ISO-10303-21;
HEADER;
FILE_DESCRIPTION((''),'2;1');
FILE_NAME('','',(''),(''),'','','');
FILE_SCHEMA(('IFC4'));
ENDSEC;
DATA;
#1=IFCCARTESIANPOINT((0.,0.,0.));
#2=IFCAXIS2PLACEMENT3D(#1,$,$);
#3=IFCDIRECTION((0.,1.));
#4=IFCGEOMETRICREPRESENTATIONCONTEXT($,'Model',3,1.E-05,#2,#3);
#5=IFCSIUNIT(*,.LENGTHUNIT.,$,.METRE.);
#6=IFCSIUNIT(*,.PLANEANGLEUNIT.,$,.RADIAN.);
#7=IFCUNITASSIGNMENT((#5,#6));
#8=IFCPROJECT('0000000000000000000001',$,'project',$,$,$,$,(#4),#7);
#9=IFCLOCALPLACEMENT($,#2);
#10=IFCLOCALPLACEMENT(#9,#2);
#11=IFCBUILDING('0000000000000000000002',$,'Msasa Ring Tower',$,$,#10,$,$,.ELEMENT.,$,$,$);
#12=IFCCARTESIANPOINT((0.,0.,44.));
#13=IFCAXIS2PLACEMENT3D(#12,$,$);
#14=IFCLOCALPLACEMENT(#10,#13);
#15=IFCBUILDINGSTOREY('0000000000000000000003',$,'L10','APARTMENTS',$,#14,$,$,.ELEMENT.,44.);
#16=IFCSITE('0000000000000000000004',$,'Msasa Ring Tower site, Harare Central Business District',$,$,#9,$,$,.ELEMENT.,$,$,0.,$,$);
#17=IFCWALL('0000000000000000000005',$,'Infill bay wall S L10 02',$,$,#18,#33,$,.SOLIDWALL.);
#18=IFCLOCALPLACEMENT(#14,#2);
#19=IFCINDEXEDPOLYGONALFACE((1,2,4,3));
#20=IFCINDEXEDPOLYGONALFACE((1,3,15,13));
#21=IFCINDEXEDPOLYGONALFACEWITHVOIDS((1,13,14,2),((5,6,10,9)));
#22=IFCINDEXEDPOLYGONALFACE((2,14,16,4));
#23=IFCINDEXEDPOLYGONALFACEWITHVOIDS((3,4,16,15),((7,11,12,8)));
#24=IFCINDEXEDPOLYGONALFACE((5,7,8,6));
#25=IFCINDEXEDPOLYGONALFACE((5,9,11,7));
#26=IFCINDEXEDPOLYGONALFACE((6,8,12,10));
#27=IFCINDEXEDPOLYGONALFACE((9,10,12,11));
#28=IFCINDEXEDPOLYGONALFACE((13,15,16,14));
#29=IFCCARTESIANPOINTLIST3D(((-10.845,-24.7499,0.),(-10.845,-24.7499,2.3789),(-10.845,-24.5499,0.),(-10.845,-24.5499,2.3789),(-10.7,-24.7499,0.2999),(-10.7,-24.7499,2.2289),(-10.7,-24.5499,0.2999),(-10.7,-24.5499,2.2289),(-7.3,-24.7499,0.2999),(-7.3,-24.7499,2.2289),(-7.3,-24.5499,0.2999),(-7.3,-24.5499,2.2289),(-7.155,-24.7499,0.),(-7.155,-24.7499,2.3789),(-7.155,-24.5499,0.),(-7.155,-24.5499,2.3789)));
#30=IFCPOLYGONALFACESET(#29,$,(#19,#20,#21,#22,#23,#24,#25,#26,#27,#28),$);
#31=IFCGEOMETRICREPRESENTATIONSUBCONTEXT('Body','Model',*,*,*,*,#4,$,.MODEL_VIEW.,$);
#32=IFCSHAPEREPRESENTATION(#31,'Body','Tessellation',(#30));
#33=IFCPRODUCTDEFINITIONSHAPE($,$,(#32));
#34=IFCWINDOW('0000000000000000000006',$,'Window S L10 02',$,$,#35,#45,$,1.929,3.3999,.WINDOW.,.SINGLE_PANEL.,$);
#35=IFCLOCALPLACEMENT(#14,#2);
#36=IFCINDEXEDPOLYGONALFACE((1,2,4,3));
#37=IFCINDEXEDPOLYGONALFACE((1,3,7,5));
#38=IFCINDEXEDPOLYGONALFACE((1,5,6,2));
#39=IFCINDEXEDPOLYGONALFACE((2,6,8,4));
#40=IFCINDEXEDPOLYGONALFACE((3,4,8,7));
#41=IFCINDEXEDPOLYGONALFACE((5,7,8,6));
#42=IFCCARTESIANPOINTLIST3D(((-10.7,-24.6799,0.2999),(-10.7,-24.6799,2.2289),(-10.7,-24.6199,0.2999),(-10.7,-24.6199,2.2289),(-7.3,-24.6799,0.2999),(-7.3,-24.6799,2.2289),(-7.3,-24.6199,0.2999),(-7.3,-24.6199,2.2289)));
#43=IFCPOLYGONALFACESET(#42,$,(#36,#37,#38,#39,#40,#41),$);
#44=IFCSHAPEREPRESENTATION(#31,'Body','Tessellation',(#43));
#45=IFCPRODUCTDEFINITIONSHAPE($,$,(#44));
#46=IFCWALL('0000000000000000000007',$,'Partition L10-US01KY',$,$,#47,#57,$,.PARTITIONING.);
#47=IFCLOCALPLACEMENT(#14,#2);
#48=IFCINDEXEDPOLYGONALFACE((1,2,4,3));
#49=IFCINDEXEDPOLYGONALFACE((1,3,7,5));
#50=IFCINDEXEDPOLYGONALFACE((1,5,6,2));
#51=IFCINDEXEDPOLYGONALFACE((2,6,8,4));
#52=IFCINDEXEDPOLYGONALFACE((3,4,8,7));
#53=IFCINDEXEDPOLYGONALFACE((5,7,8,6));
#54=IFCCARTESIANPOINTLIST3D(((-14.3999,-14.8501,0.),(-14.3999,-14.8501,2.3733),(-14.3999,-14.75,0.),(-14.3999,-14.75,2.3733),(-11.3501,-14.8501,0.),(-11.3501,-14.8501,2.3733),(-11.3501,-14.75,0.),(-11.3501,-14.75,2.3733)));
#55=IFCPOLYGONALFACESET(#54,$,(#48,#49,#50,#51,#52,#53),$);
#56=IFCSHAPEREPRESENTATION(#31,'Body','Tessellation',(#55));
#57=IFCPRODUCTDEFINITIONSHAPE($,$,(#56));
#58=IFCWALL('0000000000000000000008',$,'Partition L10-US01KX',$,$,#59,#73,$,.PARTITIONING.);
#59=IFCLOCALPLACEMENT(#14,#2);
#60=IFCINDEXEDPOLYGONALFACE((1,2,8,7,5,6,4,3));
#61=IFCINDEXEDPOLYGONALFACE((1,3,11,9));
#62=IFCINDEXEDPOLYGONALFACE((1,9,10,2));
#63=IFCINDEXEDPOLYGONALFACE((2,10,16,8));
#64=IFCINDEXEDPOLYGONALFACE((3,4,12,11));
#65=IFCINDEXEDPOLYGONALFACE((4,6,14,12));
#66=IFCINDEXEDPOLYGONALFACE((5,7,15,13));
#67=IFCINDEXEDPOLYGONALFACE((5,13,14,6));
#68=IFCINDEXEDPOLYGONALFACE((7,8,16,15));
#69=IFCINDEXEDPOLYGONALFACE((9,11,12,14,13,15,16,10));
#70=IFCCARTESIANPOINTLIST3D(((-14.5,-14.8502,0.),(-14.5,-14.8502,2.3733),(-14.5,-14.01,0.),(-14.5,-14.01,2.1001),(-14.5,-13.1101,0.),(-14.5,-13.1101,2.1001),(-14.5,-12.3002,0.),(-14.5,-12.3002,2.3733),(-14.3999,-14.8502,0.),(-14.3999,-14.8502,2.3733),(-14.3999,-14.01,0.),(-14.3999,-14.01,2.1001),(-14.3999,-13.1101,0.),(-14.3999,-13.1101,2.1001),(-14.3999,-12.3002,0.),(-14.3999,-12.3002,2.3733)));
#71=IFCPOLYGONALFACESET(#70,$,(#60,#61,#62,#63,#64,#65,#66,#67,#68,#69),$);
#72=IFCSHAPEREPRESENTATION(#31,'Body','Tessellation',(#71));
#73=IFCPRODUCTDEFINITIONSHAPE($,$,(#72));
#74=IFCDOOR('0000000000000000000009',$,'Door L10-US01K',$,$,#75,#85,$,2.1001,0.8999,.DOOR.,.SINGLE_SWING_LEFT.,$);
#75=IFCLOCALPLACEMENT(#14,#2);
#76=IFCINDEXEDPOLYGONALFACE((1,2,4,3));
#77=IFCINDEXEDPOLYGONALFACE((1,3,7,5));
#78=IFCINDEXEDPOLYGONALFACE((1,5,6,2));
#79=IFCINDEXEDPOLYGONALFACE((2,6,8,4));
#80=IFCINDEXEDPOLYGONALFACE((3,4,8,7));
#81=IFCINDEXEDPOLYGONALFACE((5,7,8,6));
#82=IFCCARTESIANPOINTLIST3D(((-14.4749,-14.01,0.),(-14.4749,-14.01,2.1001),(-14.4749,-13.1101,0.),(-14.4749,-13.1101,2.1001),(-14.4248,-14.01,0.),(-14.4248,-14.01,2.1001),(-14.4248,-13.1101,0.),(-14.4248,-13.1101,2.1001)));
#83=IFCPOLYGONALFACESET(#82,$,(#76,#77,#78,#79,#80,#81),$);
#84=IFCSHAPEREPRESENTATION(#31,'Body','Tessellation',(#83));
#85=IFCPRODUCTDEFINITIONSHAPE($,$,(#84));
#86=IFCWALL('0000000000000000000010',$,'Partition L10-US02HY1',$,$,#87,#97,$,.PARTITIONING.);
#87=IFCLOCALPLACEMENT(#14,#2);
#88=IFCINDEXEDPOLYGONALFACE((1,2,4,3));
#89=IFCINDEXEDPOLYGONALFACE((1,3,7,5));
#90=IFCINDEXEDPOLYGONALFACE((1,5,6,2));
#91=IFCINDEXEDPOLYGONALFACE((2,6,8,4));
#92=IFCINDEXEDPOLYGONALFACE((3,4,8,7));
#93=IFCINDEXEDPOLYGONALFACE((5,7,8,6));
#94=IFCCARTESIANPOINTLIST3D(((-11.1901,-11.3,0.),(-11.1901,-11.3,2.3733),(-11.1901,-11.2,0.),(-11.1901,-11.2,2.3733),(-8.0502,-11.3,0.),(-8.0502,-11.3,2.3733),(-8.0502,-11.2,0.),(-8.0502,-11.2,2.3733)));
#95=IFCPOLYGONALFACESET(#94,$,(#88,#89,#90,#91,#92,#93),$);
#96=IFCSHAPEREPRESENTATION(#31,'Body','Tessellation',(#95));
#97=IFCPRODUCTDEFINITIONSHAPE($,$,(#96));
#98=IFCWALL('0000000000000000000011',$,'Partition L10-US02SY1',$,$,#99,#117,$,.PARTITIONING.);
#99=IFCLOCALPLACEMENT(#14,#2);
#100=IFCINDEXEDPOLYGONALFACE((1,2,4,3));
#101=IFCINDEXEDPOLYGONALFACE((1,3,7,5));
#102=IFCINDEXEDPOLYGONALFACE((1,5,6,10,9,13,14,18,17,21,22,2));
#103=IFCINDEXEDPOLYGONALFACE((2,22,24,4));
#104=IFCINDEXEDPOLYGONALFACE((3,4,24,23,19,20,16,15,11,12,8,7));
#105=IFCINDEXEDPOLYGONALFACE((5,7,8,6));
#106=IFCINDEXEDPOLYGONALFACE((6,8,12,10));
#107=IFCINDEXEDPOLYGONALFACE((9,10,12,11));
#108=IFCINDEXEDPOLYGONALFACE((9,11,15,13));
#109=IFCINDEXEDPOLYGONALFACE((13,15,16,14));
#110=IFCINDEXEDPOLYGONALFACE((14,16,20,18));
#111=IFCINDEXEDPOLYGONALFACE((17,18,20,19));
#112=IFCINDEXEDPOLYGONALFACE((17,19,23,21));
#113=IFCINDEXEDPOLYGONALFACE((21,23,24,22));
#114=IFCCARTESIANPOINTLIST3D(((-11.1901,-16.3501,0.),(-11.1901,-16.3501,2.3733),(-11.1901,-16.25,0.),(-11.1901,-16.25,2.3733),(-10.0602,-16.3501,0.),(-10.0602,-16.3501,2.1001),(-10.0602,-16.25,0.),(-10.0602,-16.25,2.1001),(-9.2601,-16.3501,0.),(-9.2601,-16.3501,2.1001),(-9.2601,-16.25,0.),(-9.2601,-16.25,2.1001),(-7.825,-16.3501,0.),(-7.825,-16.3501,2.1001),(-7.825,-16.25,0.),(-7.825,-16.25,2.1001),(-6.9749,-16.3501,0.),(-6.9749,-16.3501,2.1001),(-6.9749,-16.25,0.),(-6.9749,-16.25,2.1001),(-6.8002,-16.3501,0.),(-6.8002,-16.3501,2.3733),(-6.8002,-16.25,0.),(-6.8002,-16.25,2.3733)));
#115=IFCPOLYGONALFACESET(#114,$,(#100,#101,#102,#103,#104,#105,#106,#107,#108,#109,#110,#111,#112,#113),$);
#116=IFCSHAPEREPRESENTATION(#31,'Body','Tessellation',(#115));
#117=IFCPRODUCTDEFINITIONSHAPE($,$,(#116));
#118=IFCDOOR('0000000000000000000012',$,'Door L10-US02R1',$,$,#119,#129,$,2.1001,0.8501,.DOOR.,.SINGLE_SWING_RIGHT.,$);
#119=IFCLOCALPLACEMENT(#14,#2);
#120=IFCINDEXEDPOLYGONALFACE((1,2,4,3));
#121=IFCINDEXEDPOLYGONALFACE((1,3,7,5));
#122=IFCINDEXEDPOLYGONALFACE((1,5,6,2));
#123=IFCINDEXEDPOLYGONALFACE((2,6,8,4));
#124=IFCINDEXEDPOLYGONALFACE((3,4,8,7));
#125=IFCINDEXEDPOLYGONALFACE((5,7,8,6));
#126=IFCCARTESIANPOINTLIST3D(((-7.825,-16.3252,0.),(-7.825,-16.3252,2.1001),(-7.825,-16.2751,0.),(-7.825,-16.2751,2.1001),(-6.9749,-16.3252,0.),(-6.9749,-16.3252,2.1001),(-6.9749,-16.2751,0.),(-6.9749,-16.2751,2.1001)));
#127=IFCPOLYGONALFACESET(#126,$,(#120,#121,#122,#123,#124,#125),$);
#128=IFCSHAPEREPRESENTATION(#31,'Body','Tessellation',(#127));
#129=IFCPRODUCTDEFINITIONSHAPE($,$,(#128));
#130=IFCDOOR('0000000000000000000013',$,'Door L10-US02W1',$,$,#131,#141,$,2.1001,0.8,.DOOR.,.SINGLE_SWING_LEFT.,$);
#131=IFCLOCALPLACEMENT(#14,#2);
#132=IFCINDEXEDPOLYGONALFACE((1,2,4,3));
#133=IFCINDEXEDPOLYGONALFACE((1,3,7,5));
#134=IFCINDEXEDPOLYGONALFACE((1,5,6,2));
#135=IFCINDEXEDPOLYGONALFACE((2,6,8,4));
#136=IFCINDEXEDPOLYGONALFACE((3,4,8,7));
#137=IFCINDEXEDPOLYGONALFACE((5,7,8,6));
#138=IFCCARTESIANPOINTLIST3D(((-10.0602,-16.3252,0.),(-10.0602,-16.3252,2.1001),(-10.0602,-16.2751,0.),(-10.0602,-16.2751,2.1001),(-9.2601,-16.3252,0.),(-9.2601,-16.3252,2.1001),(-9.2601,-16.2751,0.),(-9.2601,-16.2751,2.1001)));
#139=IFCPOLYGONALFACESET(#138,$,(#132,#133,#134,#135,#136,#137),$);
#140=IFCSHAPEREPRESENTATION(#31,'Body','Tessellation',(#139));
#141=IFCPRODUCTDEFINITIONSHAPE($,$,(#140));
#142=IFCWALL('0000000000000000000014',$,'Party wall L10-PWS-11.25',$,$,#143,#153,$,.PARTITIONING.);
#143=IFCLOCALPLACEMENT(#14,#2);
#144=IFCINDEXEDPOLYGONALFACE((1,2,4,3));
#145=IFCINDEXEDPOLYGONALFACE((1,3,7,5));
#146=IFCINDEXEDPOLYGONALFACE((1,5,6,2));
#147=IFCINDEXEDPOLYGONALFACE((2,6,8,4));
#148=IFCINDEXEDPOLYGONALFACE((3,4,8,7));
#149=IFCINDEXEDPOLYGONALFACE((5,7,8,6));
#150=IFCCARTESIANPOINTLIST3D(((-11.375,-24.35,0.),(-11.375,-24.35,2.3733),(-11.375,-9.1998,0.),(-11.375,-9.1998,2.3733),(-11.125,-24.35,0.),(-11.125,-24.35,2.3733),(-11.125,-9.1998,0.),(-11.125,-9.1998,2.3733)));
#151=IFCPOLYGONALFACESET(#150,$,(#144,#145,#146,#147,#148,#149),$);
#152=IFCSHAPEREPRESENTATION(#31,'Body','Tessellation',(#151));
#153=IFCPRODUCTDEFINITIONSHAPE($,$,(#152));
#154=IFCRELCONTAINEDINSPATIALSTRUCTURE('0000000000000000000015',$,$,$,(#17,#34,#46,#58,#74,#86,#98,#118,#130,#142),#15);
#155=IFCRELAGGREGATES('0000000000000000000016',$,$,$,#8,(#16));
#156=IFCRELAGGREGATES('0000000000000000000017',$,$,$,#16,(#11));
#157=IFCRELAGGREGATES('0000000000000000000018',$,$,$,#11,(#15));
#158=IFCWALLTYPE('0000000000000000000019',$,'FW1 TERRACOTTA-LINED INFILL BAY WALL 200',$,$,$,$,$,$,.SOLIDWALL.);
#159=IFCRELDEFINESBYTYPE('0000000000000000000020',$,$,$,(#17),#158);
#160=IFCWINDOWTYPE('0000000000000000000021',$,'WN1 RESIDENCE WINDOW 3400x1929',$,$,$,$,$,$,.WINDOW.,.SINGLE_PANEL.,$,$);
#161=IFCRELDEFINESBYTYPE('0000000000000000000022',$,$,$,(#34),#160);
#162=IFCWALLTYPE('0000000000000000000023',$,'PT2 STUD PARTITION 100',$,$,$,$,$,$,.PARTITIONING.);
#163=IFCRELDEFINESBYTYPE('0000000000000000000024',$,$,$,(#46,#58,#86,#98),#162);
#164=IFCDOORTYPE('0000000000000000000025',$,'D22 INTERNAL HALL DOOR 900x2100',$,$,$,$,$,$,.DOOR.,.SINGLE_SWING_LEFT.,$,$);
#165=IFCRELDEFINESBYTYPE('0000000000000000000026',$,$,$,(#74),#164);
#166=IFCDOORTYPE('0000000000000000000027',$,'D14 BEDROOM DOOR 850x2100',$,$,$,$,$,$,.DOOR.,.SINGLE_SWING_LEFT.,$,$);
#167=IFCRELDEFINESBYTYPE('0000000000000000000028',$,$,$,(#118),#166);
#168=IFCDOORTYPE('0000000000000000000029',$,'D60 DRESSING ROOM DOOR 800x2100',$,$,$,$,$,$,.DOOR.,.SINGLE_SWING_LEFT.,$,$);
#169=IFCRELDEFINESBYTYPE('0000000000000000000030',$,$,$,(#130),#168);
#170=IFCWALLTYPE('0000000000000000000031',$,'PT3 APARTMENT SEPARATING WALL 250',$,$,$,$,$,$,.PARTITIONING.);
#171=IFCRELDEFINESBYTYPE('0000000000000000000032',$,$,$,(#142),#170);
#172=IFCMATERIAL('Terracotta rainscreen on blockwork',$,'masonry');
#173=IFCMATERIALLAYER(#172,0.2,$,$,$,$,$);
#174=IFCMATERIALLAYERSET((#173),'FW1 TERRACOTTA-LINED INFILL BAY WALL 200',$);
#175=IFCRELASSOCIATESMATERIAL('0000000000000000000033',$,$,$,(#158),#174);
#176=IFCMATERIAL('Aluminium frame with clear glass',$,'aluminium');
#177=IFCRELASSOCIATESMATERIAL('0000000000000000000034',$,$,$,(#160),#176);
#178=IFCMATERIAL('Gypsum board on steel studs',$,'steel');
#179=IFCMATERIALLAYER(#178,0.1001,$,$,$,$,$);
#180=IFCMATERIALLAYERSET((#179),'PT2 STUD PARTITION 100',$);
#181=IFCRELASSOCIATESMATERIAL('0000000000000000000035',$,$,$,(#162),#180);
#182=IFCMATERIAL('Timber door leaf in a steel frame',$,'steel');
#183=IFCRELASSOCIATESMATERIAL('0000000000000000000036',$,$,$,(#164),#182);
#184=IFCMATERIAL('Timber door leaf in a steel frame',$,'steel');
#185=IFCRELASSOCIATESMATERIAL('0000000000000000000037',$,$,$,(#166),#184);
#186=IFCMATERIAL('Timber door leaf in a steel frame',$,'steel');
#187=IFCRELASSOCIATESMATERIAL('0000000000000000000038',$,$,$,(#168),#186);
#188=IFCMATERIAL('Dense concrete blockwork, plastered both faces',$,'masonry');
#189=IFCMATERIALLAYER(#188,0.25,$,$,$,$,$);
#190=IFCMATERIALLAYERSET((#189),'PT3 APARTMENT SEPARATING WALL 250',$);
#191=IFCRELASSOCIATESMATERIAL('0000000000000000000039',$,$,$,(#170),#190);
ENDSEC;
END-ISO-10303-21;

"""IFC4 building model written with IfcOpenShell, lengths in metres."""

from ifc_helpers import new_model, si_unit, direction, frame, frame_2d, origin, place, context, subcontext, project, spatial, rectangle, extrude, material, layer, layer_set, type_object, element, fill, save


model = new_model("IFC4")

# Units and contexts
model_context = context("Model", 3, precision=1e-05, world=origin(), true_north=direction((0.0, 1.0)))
body_context = subcontext(model_context, "Body", "Model", "MODEL_VIEW")
ifc_project = project(units=[si_unit("LENGTHUNIT", "METRE"), si_unit("PLANEANGLEUNIT", "RADIAN")], contexts=[model_context])

# Site, building, storey
site_placement = place(None, origin())
site = spatial("IfcSite", under=ifc_project, at=site_placement, Name="Msasa Ring Tower site, Harare Central Business District", CompositionType="ELEMENT", RefElevation=0.0)
building_placement = place(site_placement, origin())
building = spatial("IfcBuilding", under=site, at=building_placement, Name="Msasa Ring Tower", CompositionType="ELEMENT")
storey_placement = place(building_placement, frame((0.0, 0.0, 44.0)))
storey = spatial("IfcBuildingStorey", under=building, at=storey_placement, Name="L10", Description="APARTMENTS", CompositionType="ELEMENT", Elevation=44.0)

# Wall, opening, window
ifc_material_1 = material(Name="Terracotta rainscreen on blockwork", Category="masonry")
ifc_layer_1 = layer(ifc_material_1, 0.2)
ifc_layer_set_1 = layer_set([ifc_layer_1], Name="FW1 TERRACOTTA-LINED INFILL BAY WALL 200")
wall_type_1 = type_object("IfcWallType", Name="FW1 TERRACOTTA-LINED INFILL BAY WALL 200", PredefinedType="SOLIDWALL", material=ifc_layer_set_1)
wall_1_placement = place(storey_placement, frame((-10.845, -24.6499, 0.0), z_axis=(0.0, 0.0, 1.0), x_axis=(1.0, 0.0, 0.0)))
wall_1 = element("IfcWall", 1, at=wall_1_placement, inside=storey, type_object=wall_type_1, Name="Infill bay wall S L10 02", PredefinedType="SOLIDWALL", context=body_context, shape_type="SweptSolid", body=[
    extrude(rectangle(XDim=3.6899, YDim=0.2, at=frame_2d((1.845, 0.0))), origin(), (0.0, 0.0, 1.0), 2.3789),
])
opening_1_placement = place(wall_1_placement, frame((0.145, 0.0, 0.3)))
opening_1 = element("IfcOpeningElement", 2, at=opening_1_placement, cuts=wall_1, PredefinedType="OPENING", context=body_context, shape_type="SweptSolid", body=[
    extrude(rectangle(XDim=3.3999, YDim=1.929, at=frame_2d((1.7, 0.9644))), frame((0.0, 0.1099, 0.0), z_axis=(0.0, -1.0, 0.0), x_axis=(1.0, 0.0, 0.0)), (0.0, 0.0, 1.0), 0.22),
])
ifc_material_2 = material(Name="Aluminium frame with clear glass", Category="aluminium")
window_type = type_object("IfcWindowType", Name="WN1 RESIDENCE WINDOW 3400x1929", PartitioningType="SINGLE_PANEL", PredefinedType="WINDOW", material=ifc_material_2)
window_placement = place(opening_1_placement, origin())
window = element("IfcWindow", 3, at=window_placement, inside=storey, type_object=window_type, Name="Window S L10 02", OverallHeight=1.929, OverallWidth=3.3999, PartitioningType="SINGLE_PANEL", PredefinedType="WINDOW", context=body_context, shape_type="SweptSolid", body=[
    extrude(rectangle(XDim=3.3999, YDim=1.929, at=frame_2d((1.7, 0.9644))), frame((0.0, 0.03, 0.0), z_axis=(0.0, -1.0, 0.0), x_axis=(1.0, 0.0, 0.0)), (0.0, 0.0, 1.0), 0.0601),
])
fill(opening_1, window)

# Wall
ifc_material_3 = material(Name="Gypsum board on steel studs", Category="steel")
ifc_layer_2 = layer(ifc_material_3, 0.1001)
ifc_layer_set_2 = layer_set([ifc_layer_2], Name="PT2 STUD PARTITION 100")
wall_type_2 = type_object("IfcWallType", Name="PT2 STUD PARTITION 100", PredefinedType="PARTITIONING", material=ifc_layer_set_2)
wall_2_placement = place(storey_placement, frame((-14.3999, -14.8, 0.0), z_axis=(0.0, 0.0, 1.0), x_axis=(1.0, 0.0, 0.0)))
element("IfcWall", 4, at=wall_2_placement, inside=storey, type_object=wall_type_2, Name="Partition L10-US01KY", PredefinedType="PARTITIONING", context=body_context, shape_type="SweptSolid", body=[
    extrude(rectangle(XDim=3.0498, YDim=0.1001, at=frame_2d((1.5249, 0.0))), origin(), (0.0, 0.0, 1.0), 2.3733),
])

# Wall, opening, door
wall_3_placement = place(storey_placement, frame((-14.45, -14.8501, 0.0), z_axis=(0.0, 0.0, 1.0), x_axis=(0.0, 1.0, 0.0)))
wall_3 = element("IfcWall", 5, at=wall_3_placement, inside=storey, type_object=wall_type_2, Name="Partition L10-US01KX", PredefinedType="PARTITIONING", context=body_context, shape_type="SweptSolid", body=[
    extrude(rectangle(XDim=2.55, YDim=0.1001, at=frame_2d((1.2749, 0.0))), origin(), (0.0, 0.0, 1.0), 2.3733),
])
opening_2_placement = place(wall_3_placement, frame((0.8401, 0.0, 0.0)))
opening_2 = element("IfcOpeningElement", 6, at=opening_2_placement, cuts=wall_3, PredefinedType="OPENING", context=body_context, shape_type="SweptSolid", body=[
    extrude(rectangle(XDim=0.8999, YDim=2.1001, at=frame_2d((0.45, 1.05))), frame((0.0, 0.0601, 0.0), z_axis=(0.0, -1.0, 0.0), x_axis=(1.0, 0.0, 0.0)), (0.0, 0.0, 1.0), 0.1201),
])
ifc_material_4 = material(Name="Timber door leaf in a steel frame", Category="steel")
door_type_1 = type_object("IfcDoorType", Name="D22 INTERNAL HALL DOOR 900x2100", OperationType="SINGLE_SWING_LEFT", PredefinedType="DOOR", material=ifc_material_4)
door_1_placement = place(opening_2_placement, origin())
door_1 = element("IfcDoor", 7, at=door_1_placement, inside=storey, type_object=door_type_1, Name="Door L10-US01K", OperationType="SINGLE_SWING_LEFT", OverallHeight=2.1001, OverallWidth=0.8999, PredefinedType="DOOR", context=body_context, shape_type="SweptSolid", body=[
    extrude(rectangle(XDim=0.8999, YDim=2.1001, at=frame_2d((0.45, 1.05))), frame((0.0, 0.0249, 0.0), z_axis=(0.0, -1.0, 0.0), x_axis=(1.0, 0.0, 0.0)), (0.0, 0.0, 1.0), 0.05),
])
fill(opening_2, door_1)

# Wall
wall_4_placement = place(storey_placement, frame((-11.1899, -11.25, 0.0), z_axis=(0.0, 0.0, 1.0), x_axis=(1.0, 0.0, 0.0)))
element("IfcWall", 8, at=wall_4_placement, inside=storey, type_object=wall_type_2, Name="Partition L10-US02HY1", PredefinedType="PARTITIONING", context=body_context, shape_type="SweptSolid", body=[
    extrude(rectangle(XDim=3.1399, YDim=0.1001, at=frame_2d((1.5698, 0.0))), origin(), (0.0, 0.0, 1.0), 2.3733),
])

# Wall, openings, doors
wall_5_placement = place(storey_placement, frame((-11.1899, -16.3, 0.0), z_axis=(0.0, 0.0, 1.0), x_axis=(1.0, 0.0, 0.0)))
wall_5 = element("IfcWall", 9, at=wall_5_placement, inside=storey, type_object=wall_type_2, Name="Partition L10-US02SY1", PredefinedType="PARTITIONING", context=body_context, shape_type="SweptSolid", body=[
    extrude(rectangle(XDim=4.3899, YDim=0.1001, at=frame_2d((2.1948, 0.0))), origin(), (0.0, 0.0, 1.0), 2.3733),
])
opening_3_placement = place(wall_5_placement, frame((3.365, 0.0, 0.0)))
opening_3 = element("IfcOpeningElement", 10, at=opening_3_placement, cuts=wall_5, PredefinedType="OPENING", context=body_context, shape_type="SweptSolid", body=[
    extrude(rectangle(XDim=0.8501, YDim=2.1001, at=frame_2d((0.425, 1.05))), frame((0.0, 0.0601, 0.0), z_axis=(0.0, -1.0, 0.0), x_axis=(1.0, 0.0, 0.0)), (0.0, 0.0, 1.0), 0.1201),
])
opening_4_placement = place(wall_5_placement, frame((1.1299, 0.0, 0.0)))
opening_4 = element("IfcOpeningElement", 11, at=opening_4_placement, cuts=wall_5, PredefinedType="OPENING", context=body_context, shape_type="SweptSolid", body=[
    extrude(rectangle(XDim=0.8, YDim=2.1001, at=frame_2d((0.3999, 1.05))), frame((0.0, 0.0601, 0.0), z_axis=(0.0, -1.0, 0.0), x_axis=(1.0, 0.0, 0.0)), (0.0, 0.0, 1.0), 0.1201),
])
ifc_material_5 = material(Name="Timber door leaf in a steel frame", Category="steel")
door_type_2 = type_object("IfcDoorType", Name="D14 BEDROOM DOOR 850x2100", OperationType="SINGLE_SWING_LEFT", PredefinedType="DOOR", material=ifc_material_5)
door_2_placement = place(opening_3_placement, origin())
door_2 = element("IfcDoor", 12, at=door_2_placement, inside=storey, type_object=door_type_2, Name="Door L10-US02R1", OperationType="SINGLE_SWING_RIGHT", OverallHeight=2.1001, OverallWidth=0.8501, PredefinedType="DOOR", context=body_context, shape_type="SweptSolid", body=[
    extrude(rectangle(XDim=0.8501, YDim=2.1001, at=frame_2d((0.425, 1.05))), frame((0.0, 0.0249, 0.0), z_axis=(0.0, -1.0, 0.0), x_axis=(1.0, 0.0, 0.0)), (0.0, 0.0, 1.0), 0.05),
])
fill(opening_3, door_2)
ifc_material_6 = material(Name="Timber door leaf in a steel frame", Category="steel")
door_type_3 = type_object("IfcDoorType", Name="D60 DRESSING ROOM DOOR 800x2100", OperationType="SINGLE_SWING_LEFT", PredefinedType="DOOR", material=ifc_material_6)
door_3_placement = place(opening_4_placement, origin())
door_3 = element("IfcDoor", 13, at=door_3_placement, inside=storey, type_object=door_type_3, Name="Door L10-US02W1", OperationType="SINGLE_SWING_LEFT", OverallHeight=2.1001, OverallWidth=0.8, PredefinedType="DOOR", context=body_context, shape_type="SweptSolid", body=[
    extrude(rectangle(XDim=0.8, YDim=2.1001, at=frame_2d((0.3999, 1.05))), frame((0.0, 0.0249, 0.0), z_axis=(0.0, -1.0, 0.0), x_axis=(1.0, 0.0, 0.0)), (0.0, 0.0, 1.0), 0.05),
])
fill(opening_4, door_3)

# Wall
ifc_material_7 = material(Name="Dense concrete blockwork, plastered both faces", Category="masonry")
ifc_layer_3 = layer(ifc_material_7, 0.25)
ifc_layer_set_3 = layer_set([ifc_layer_3], Name="PT3 APARTMENT SEPARATING WALL 250")
wall_type_3 = type_object("IfcWallType", Name="PT3 APARTMENT SEPARATING WALL 250", PredefinedType="PARTITIONING", material=ifc_layer_set_3)
wall_6_placement = place(storey_placement, frame((-11.25, -24.3501, 0.0), z_axis=(0.0, 0.0, 1.0), x_axis=(0.0, 1.0, 0.0)))
element("IfcWall", 14, at=wall_6_placement, inside=storey, type_object=wall_type_3, Name="Party wall L10-PWS-11.25", PredefinedType="PARTITIONING", context=body_context, shape_type="SweptSolid", body=[
    extrude(rectangle(XDim=15.1501, YDim=0.25, at=frame_2d((7.5752, 0.0))), origin(), (0.0, 0.0, 1.0), 2.3733),
])

save(model, "model.ifc")
